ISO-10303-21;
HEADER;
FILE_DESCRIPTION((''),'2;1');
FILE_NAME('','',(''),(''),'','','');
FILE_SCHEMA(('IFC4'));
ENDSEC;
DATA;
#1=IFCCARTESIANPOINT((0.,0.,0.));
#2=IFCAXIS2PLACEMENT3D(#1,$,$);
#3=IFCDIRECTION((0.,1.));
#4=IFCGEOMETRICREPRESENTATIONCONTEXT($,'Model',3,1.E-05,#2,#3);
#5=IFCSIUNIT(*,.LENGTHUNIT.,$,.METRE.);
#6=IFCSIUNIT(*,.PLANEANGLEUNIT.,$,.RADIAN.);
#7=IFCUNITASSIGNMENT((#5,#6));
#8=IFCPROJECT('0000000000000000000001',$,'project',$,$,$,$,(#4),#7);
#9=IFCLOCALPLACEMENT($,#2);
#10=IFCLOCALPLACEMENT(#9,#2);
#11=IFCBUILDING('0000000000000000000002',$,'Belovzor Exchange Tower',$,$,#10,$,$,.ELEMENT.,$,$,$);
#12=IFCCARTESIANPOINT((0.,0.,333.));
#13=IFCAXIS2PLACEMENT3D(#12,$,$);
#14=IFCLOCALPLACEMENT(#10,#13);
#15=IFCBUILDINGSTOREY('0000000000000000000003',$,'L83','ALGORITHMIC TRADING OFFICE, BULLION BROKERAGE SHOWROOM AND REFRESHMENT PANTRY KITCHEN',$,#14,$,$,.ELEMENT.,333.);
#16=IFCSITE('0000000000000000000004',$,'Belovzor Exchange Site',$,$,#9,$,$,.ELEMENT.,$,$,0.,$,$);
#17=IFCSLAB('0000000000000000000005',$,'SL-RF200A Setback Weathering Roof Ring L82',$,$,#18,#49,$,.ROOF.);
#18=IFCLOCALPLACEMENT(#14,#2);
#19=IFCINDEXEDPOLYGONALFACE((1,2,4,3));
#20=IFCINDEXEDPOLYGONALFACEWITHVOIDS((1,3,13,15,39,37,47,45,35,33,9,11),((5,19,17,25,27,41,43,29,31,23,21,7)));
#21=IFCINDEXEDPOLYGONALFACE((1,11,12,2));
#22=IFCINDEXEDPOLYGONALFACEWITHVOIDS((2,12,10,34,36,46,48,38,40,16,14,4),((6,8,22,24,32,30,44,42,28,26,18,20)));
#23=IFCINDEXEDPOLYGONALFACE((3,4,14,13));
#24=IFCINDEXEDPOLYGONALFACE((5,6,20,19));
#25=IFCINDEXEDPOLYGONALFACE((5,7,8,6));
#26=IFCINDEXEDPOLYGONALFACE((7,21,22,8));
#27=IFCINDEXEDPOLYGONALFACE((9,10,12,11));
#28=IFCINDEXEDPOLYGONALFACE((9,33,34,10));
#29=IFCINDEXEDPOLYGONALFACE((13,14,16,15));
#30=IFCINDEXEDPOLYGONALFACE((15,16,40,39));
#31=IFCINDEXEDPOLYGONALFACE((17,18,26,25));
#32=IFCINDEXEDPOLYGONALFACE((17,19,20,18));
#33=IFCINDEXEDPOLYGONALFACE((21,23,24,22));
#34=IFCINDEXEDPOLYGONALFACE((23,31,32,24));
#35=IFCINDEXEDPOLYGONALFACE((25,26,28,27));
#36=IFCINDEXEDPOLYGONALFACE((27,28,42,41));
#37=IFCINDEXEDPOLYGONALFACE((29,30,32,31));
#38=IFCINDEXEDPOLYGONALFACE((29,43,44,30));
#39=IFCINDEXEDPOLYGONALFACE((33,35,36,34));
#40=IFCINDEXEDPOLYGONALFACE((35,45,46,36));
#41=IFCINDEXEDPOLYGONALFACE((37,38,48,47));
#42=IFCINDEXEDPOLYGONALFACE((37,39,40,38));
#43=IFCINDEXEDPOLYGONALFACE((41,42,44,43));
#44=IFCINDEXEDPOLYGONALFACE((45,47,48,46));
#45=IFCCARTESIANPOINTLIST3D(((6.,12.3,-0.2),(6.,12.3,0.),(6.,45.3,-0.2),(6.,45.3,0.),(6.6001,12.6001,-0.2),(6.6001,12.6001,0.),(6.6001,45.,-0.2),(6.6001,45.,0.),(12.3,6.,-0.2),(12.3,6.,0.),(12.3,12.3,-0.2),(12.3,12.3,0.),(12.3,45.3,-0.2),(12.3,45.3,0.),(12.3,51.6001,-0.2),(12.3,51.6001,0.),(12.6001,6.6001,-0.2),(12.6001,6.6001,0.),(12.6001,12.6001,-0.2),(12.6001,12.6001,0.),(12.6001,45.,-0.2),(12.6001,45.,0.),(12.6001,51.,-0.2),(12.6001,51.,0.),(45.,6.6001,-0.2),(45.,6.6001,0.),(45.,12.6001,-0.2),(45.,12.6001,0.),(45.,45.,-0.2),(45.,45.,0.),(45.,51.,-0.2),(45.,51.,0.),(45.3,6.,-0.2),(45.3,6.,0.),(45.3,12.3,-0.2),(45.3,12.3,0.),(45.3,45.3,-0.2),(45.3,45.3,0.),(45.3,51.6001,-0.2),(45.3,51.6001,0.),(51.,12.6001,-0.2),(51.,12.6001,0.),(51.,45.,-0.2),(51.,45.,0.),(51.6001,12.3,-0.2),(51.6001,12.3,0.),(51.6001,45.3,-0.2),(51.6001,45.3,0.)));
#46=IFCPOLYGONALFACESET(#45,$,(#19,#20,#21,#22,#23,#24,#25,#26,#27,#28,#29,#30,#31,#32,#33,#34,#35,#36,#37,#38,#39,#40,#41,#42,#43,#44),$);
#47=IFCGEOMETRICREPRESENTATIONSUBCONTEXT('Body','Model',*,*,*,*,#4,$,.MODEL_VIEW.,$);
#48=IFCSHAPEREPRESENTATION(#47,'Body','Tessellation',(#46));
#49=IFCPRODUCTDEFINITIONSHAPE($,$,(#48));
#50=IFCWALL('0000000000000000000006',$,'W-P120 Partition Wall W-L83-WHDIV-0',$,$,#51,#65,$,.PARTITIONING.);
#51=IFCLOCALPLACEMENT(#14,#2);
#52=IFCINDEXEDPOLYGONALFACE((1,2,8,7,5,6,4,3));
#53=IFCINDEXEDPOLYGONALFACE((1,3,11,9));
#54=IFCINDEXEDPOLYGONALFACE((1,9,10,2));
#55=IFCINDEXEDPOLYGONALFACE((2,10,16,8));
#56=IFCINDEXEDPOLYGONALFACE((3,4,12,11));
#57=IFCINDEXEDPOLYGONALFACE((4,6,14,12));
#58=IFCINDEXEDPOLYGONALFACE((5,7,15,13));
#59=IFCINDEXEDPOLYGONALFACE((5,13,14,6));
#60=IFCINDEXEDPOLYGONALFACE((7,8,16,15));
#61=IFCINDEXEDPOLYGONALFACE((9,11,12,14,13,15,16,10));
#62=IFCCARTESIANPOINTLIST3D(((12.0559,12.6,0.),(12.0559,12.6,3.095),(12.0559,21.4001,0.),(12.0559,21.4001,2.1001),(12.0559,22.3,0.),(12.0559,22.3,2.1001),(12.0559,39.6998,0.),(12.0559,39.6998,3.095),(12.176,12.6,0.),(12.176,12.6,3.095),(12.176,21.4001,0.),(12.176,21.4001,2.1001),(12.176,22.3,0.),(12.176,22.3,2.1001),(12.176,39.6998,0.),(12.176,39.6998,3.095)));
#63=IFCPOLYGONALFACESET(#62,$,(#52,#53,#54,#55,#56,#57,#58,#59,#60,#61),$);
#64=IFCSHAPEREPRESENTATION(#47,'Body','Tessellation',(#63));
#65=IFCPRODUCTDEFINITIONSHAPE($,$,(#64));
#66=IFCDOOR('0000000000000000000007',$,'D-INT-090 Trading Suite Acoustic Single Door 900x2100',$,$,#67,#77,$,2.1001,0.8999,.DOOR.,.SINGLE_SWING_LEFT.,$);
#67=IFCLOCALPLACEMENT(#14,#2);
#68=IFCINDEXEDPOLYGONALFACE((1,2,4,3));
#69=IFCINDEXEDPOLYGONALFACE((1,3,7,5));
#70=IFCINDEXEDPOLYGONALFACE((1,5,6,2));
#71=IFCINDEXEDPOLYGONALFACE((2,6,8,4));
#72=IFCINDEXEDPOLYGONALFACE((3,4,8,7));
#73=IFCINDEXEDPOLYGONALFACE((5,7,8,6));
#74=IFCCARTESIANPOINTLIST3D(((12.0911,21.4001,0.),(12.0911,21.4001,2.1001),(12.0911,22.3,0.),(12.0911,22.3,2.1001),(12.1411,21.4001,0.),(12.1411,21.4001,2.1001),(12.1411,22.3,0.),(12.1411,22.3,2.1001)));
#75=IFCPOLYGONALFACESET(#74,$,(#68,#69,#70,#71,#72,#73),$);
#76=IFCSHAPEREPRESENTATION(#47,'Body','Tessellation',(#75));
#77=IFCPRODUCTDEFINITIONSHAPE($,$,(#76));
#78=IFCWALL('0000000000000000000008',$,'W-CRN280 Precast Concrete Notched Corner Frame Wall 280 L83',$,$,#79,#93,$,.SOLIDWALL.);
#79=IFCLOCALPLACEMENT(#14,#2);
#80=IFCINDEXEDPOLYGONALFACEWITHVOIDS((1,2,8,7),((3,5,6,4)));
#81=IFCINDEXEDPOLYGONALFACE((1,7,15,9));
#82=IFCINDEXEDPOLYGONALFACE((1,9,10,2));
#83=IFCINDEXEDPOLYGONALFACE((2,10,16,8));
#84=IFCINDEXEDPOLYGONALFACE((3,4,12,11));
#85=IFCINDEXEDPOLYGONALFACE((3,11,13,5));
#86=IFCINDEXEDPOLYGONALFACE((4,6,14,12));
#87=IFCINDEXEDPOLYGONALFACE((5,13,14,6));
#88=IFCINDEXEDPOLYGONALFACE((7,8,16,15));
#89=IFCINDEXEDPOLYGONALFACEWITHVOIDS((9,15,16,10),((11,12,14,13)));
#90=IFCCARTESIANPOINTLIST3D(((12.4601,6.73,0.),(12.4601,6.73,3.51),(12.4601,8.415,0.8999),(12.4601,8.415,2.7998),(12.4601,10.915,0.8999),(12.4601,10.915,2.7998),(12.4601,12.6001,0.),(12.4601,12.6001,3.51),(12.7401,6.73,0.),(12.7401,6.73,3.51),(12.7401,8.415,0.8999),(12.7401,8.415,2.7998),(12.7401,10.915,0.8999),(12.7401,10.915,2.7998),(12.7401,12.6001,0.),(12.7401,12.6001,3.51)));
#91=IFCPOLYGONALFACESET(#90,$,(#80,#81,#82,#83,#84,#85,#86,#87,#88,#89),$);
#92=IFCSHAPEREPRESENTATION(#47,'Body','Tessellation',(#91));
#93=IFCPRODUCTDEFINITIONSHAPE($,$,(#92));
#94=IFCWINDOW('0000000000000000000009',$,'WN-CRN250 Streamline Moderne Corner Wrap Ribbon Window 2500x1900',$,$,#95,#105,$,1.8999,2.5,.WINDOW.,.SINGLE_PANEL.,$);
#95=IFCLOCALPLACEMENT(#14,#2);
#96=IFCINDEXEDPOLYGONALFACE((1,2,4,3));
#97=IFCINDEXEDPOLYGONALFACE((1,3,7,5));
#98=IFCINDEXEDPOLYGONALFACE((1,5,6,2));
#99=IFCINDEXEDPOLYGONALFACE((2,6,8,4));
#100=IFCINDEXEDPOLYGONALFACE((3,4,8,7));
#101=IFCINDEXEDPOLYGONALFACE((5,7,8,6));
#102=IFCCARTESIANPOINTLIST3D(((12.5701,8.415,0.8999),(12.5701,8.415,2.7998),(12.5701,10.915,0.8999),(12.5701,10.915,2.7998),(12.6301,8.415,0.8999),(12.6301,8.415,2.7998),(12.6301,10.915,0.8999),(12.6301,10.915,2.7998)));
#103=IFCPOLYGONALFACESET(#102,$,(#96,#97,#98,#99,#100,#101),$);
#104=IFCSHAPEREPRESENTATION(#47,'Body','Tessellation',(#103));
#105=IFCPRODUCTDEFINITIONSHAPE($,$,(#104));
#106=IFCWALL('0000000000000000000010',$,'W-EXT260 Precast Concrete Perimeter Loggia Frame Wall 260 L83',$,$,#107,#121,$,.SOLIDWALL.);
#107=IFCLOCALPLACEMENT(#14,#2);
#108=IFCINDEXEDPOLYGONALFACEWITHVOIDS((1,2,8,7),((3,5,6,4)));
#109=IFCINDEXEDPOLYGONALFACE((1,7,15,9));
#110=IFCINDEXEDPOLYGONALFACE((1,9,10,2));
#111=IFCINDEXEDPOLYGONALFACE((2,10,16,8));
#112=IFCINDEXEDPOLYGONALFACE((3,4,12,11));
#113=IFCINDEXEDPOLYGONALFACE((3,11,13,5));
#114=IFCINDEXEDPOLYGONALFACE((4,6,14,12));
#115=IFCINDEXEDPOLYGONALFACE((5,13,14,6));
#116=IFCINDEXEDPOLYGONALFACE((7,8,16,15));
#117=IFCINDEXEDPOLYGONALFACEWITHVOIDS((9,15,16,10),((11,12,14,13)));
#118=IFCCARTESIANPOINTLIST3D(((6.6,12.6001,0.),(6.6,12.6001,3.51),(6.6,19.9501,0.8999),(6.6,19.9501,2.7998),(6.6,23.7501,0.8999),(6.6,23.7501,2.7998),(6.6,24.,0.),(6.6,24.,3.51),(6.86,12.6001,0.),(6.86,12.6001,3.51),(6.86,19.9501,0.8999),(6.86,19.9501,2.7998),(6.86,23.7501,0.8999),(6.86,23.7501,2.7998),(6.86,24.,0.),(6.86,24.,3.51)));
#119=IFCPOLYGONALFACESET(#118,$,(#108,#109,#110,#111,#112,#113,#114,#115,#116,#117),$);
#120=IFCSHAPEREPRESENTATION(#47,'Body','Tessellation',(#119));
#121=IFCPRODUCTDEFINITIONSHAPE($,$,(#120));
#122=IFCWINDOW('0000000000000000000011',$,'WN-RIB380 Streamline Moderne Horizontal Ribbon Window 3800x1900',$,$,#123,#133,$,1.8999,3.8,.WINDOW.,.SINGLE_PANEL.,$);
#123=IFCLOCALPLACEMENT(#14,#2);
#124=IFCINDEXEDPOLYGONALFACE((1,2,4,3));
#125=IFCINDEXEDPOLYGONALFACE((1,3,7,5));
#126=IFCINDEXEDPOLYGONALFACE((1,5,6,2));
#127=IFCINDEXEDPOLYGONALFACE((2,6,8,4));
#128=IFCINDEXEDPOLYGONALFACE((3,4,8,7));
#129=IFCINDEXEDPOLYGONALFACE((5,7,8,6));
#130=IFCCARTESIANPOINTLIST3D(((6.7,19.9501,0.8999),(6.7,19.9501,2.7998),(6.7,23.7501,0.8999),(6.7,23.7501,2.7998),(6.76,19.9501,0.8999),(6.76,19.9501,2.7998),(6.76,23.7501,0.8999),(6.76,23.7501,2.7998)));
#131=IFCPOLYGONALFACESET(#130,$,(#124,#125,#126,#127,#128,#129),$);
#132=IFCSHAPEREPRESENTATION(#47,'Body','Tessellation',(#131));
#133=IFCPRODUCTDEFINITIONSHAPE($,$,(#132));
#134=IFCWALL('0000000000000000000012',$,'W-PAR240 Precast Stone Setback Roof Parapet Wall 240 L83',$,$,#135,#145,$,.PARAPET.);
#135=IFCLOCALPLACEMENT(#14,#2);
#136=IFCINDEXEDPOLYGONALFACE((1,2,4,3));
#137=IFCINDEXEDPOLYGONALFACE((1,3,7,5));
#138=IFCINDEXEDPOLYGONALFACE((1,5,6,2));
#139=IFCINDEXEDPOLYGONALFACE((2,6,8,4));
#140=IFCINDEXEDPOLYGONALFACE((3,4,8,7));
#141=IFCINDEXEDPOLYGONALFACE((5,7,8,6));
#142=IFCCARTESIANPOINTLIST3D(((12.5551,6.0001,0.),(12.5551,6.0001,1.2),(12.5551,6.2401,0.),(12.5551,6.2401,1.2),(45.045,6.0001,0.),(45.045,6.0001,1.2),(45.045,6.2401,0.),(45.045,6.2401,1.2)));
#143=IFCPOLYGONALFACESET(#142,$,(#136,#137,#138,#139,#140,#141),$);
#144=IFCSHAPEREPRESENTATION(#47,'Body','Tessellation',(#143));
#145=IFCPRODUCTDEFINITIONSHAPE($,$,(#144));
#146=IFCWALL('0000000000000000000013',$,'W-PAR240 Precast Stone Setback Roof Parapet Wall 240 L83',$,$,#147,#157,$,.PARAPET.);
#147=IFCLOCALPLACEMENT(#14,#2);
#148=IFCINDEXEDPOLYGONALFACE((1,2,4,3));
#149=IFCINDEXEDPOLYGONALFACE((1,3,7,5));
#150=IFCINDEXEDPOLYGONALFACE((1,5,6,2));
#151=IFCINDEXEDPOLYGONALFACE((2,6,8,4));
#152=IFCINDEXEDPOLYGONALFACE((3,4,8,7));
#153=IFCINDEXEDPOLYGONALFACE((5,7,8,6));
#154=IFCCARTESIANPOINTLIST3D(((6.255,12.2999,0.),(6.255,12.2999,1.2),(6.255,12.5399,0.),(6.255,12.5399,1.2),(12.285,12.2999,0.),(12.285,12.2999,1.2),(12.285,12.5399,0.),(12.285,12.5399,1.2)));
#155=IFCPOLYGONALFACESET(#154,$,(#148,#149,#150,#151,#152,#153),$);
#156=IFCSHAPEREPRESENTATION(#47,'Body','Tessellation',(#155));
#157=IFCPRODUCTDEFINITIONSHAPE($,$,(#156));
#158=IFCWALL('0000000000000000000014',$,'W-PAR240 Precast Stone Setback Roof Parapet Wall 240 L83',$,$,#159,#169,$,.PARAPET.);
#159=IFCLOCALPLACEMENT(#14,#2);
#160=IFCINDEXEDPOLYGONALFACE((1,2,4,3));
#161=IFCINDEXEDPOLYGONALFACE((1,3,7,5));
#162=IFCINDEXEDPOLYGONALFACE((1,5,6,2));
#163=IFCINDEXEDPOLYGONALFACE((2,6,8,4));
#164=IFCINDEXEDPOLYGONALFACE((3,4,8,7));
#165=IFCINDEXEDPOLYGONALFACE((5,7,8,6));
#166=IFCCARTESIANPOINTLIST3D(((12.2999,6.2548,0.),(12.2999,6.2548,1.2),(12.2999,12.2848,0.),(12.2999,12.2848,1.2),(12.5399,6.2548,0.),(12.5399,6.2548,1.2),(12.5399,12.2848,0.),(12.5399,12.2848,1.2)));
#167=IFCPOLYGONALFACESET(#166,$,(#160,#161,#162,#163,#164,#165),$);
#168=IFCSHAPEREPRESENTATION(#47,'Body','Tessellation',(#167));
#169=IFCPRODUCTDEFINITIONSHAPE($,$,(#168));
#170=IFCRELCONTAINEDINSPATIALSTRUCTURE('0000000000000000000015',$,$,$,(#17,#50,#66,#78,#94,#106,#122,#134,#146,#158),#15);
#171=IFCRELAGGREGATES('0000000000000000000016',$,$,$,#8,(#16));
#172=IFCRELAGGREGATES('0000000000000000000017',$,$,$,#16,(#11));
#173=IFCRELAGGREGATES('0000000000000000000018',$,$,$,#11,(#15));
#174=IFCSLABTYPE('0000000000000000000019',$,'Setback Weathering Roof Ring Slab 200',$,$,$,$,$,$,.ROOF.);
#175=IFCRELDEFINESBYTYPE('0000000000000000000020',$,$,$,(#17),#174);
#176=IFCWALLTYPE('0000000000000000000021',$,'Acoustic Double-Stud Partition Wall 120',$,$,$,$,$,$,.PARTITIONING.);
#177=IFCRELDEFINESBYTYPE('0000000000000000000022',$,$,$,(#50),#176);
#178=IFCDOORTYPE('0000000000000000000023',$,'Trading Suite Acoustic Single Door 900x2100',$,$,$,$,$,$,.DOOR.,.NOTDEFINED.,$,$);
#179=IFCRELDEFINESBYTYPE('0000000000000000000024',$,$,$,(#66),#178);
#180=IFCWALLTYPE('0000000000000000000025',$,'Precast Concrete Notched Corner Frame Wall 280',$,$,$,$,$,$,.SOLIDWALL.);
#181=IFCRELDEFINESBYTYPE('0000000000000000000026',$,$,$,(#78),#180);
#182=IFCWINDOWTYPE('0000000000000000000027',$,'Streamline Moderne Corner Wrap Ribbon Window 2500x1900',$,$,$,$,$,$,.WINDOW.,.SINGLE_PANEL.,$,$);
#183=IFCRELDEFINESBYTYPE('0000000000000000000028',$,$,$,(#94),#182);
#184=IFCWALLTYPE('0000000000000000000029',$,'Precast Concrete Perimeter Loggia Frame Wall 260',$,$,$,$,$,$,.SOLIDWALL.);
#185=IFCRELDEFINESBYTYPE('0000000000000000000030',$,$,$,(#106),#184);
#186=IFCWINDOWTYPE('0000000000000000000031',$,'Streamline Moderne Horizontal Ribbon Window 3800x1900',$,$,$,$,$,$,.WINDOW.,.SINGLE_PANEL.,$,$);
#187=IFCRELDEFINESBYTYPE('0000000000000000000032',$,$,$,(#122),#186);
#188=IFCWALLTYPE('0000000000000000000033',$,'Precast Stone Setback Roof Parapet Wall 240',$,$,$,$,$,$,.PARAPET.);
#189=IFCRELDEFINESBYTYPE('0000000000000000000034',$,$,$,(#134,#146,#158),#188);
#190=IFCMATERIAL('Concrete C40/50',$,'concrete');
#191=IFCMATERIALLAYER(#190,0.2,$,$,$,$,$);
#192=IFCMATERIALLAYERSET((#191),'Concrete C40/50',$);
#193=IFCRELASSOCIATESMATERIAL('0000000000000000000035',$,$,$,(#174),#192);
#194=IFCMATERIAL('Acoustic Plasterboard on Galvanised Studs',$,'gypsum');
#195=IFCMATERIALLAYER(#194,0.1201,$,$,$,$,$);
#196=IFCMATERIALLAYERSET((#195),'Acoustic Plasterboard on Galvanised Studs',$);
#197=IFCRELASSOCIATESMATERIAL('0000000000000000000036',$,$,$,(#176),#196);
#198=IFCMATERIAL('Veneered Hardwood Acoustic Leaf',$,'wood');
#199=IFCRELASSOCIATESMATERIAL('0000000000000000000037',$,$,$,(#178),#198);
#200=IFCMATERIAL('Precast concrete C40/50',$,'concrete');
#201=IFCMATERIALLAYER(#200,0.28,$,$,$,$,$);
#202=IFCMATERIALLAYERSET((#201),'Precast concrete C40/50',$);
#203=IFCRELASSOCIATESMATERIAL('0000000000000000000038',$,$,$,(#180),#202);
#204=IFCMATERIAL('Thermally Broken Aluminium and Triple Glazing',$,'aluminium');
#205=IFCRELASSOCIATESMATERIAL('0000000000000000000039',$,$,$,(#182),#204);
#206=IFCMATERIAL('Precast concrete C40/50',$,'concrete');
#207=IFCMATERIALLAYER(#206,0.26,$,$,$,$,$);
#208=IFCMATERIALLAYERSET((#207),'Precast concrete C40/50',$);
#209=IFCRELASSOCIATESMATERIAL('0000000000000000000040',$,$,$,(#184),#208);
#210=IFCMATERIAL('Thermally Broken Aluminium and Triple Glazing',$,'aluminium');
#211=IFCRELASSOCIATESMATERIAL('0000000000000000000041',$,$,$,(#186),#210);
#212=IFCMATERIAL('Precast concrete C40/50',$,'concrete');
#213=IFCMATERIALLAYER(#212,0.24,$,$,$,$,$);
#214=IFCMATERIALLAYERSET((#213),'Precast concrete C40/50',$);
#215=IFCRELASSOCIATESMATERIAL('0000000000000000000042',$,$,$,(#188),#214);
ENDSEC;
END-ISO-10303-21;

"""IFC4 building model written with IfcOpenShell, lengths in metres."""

from ifc_helpers import new_model, si_unit, direction, frame, frame_2d, origin, place, context, subcontext, project, spatial, polyline, rectangle, outline, extrude, material, layer, layer_set, type_object, element, fill, save


model = new_model("IFC4")

# Units and contexts
model_context = context("Model", 3, precision=1e-05, world=origin(), true_north=direction((0.0, 1.0)))
body_context = subcontext(model_context, "Body", "Model", "MODEL_VIEW")
ifc_project = project(units=[si_unit("LENGTHUNIT", "METRE"), si_unit("PLANEANGLEUNIT", "RADIAN")], contexts=[model_context])

# Site, building, storey
site_placement = place(None, origin())
site = spatial("IfcSite", under=ifc_project, at=site_placement, Name="Belovzor Exchange Site", CompositionType="ELEMENT", RefElevation=0.0)
building_placement = place(site_placement, origin())
building = spatial("IfcBuilding", under=site, at=building_placement, Name="Belovzor Exchange Tower", CompositionType="ELEMENT")
storey_placement = place(building_placement, frame((0.0, 0.0, 333.0)))
storey = spatial("IfcBuildingStorey", under=building, at=storey_placement, Name="L83", Description="ALGORITHMIC TRADING OFFICE, BULLION BROKERAGE SHOWROOM AND REFRESHMENT PANTRY KITCHEN", CompositionType="ELEMENT", Elevation=333.0)

# Slab
ifc_material_1 = material(Name="Concrete C40/50", Category="concrete")
ifc_layer_1 = layer(ifc_material_1, 0.2)
ifc_layer_set_1 = layer_set([ifc_layer_1], Name="Concrete C40/50")
slab_type_1 = type_object("IfcSlabType", Name="Setback Weathering Roof Ring Slab 200", PredefinedType="ROOF", material=ifc_layer_set_1)
slab_1_placement = place(storey_placement, frame((0.0, 0.0, -0.2)))
element("IfcSlab", 1, at=slab_1_placement, inside=storey, type_object=slab_type_1, Name="SL-RF200A Setback Weathering Roof Ring L82", PredefinedType="ROOF", context=body_context, shape_type="SweptSolid", body=[
    extrude(outline(polyline([(12.3, 6.0), (45.3, 6.0), (45.3, 12.3), (51.6001, 12.3), (51.6001, 45.3), (45.3, 45.3), (45.3, 51.6001), (12.3, 51.6001), (12.3, 45.3), (6.0, 45.3), (6.0, 12.3), (12.3, 12.3), (12.3, 6.0)]), holes=[polyline([(12.6001, 6.6001), (45.0, 6.6001), (45.0, 12.6001), (51.0, 12.6001), (51.0, 45.0), (45.0, 45.0), (45.0, 51.0), (12.6001, 51.0), (12.6001, 45.0), (6.6001, 45.0), (6.6001, 12.6001), (12.6001, 12.6001), (12.6001, 6.6001)])]), origin(), (0.0, 0.0, 1.0), 0.2),
])

# Wall, opening, door
ifc_material_2 = material(Name="Acoustic Plasterboard on Galvanised Studs", Category="gypsum")
ifc_layer_2 = layer(ifc_material_2, 0.1201)
ifc_layer_set_2 = layer_set([ifc_layer_2], Name="Acoustic Plasterboard on Galvanised Studs")
wall_type_1 = type_object("IfcWallType", Name="Acoustic Double-Stud Partition Wall 120", PredefinedType="PARTITIONING", material=ifc_layer_set_2)
wall_1_placement = place(storey_placement, frame((12.116, 12.6001, 0.0), z_axis=(0.0, 0.0, 1.0), x_axis=(0.0, 1.0, 0.0)))
wall_1 = element("IfcWall", 2, at=wall_1_placement, inside=storey, type_object=wall_type_1, Name="W-P120 Partition Wall W-L83-WHDIV-0", PredefinedType="PARTITIONING", context=body_context, shape_type="SweptSolid", body=[
    extrude(rectangle(XDim=27.0999, YDim=0.1201, at=frame_2d((13.5498, 0.0))), origin(), (0.0, 0.0, 1.0), 3.095),
])
opening_1_placement = place(wall_1_placement, frame((8.8, 0.0, 0.0)))
opening_1 = element("IfcOpeningElement", 3, at=opening_1_placement, cuts=wall_1, PredefinedType="OPENING", context=body_context, shape_type="SweptSolid", body=[
    extrude(rectangle(XDim=0.8999, YDim=2.1001, at=frame_2d((0.45, 1.05))), frame((0.0, 0.0701, 0.0), z_axis=(0.0, -1.0, 0.0), x_axis=(1.0, 0.0, 0.0)), (0.0, 0.0, 1.0), 0.1401),
])
ifc_material_3 = material(Name="Veneered Hardwood Acoustic Leaf", Category="wood")
door_type = type_object("IfcDoorType", Name="Trading Suite Acoustic Single Door 900x2100", OperationType="NOTDEFINED", PredefinedType="DOOR", material=ifc_material_3)
door_placement = place(opening_1_placement, origin())
door = element("IfcDoor", 4, at=door_placement, inside=storey, type_object=door_type, Name="D-INT-090 Trading Suite Acoustic Single Door 900x2100", OperationType="SINGLE_SWING_LEFT", OverallHeight=2.1001, OverallWidth=0.8999, PredefinedType="DOOR", context=body_context, shape_type="SweptSolid", body=[
    extrude(rectangle(XDim=0.8999, YDim=2.1001, at=frame_2d((0.45, 1.05))), frame((0.0, 0.0249, 0.0), z_axis=(0.0, -1.0, 0.0), x_axis=(1.0, 0.0, 0.0)), (0.0, 0.0, 1.0), 0.05),
])
fill(opening_1, door)

# Walls, openings, windows
ifc_material_4 = material(Name="Precast concrete C40/50", Category="concrete")
ifc_layer_3 = layer(ifc_material_4, 0.28)
ifc_layer_set_3 = layer_set([ifc_layer_3], Name="Precast concrete C40/50")
wall_type_2 = type_object("IfcWallType", Name="Precast Concrete Notched Corner Frame Wall 280", PredefinedType="SOLIDWALL", material=ifc_layer_set_3)
wall_2_placement = place(storey_placement, frame((12.6001, 6.73, 0.0), z_axis=(0.0, 0.0, 1.0), x_axis=(0.0, 1.0, 0.0)))
wall_2 = element("IfcWall", 5, at=wall_2_placement, inside=storey, type_object=wall_type_2, Name="W-CRN280 Precast Concrete Notched Corner Frame Wall 280 L83", PredefinedType="SOLIDWALL", context=body_context, shape_type="SweptSolid", body=[
    extrude(rectangle(XDim=5.8701, YDim=0.28, at=frame_2d((2.9351, 0.0))), origin(), (0.0, 0.0, 1.0), 3.51),
])
opening_2_placement = place(wall_2_placement, frame((1.6851, 0.0, 0.8999)))
opening_2 = element("IfcOpeningElement", 6, at=opening_2_placement, cuts=wall_2, PredefinedType="OPENING", context=body_context, shape_type="SweptSolid", body=[
    extrude(rectangle(XDim=2.5, YDim=1.8999, at=frame_2d((1.25, 0.95))), frame((0.0, 0.1499, 0.0), z_axis=(0.0, -1.0, 0.0), x_axis=(1.0, 0.0, 0.0)), (0.0, 0.0, 1.0), 0.3),
])
ifc_material_5 = material(Name="Thermally Broken Aluminium and Triple Glazing", Category="aluminium")
window_type_1 = type_object("IfcWindowType", Name="Streamline Moderne Corner Wrap Ribbon Window 2500x1900", PartitioningType="SINGLE_PANEL", PredefinedType="WINDOW", material=ifc_material_5)
window_1_placement = place(opening_2_placement, origin())
window_1 = element("IfcWindow", 7, at=window_1_placement, inside=storey, type_object=window_type_1, Name="WN-CRN250 Streamline Moderne Corner Wrap Ribbon Window 2500x1900", OverallHeight=1.8999, OverallWidth=2.5, PartitioningType="SINGLE_PANEL", PredefinedType="WINDOW", context=body_context, shape_type="SweptSolid", body=[
    extrude(rectangle(XDim=2.5, YDim=1.8999, at=frame_2d((1.25, 0.95))), frame((0.0, 0.03, 0.0), z_axis=(0.0, -1.0, 0.0), x_axis=(1.0, 0.0, 0.0)), (0.0, 0.0, 1.0), 0.0601),
])
fill(opening_2, window_1)
ifc_material_6 = material(Name="Precast concrete C40/50", Category="concrete")
ifc_layer_4 = layer(ifc_material_6, 0.26)
ifc_layer_set_4 = layer_set([ifc_layer_4], Name="Precast concrete C40/50")
wall_type_3 = type_object("IfcWallType", Name="Precast Concrete Perimeter Loggia Frame Wall 260", PredefinedType="SOLIDWALL", material=ifc_layer_set_4)
wall_3_placement = place(storey_placement, frame((6.73, 12.6001, 0.0), z_axis=(0.0, 0.0, 1.0), x_axis=(0.0, 1.0, 0.0)))
wall_3 = element("IfcWall", 8, at=wall_3_placement, inside=storey, type_object=wall_type_3, Name="W-EXT260 Precast Concrete Perimeter Loggia Frame Wall 260 L83", PredefinedType="SOLIDWALL", context=body_context, shape_type="SweptSolid", body=[
    extrude(rectangle(XDim=11.3999, YDim=0.26, at=frame_2d((5.7, 0.0))), origin(), (0.0, 0.0, 1.0), 3.51),
])
opening_3_placement = place(wall_3_placement, frame((7.3501, 0.0, 0.8999)))
opening_3 = element("IfcOpeningElement", 9, at=opening_3_placement, cuts=wall_3, PredefinedType="OPENING", context=body_context, shape_type="SweptSolid", body=[
    extrude(rectangle(XDim=3.8, YDim=1.8999, at=frame_2d((1.8999, 0.95))), frame((0.0, 0.1399, 0.0), z_axis=(0.0, -1.0, 0.0), x_axis=(1.0, 0.0, 0.0)), (0.0, 0.0, 1.0), 0.28),
])
ifc_material_7 = material(Name="Thermally Broken Aluminium and Triple Glazing", Category="aluminium")
window_type_2 = type_object("IfcWindowType", Name="Streamline Moderne Horizontal Ribbon Window 3800x1900", PartitioningType="SINGLE_PANEL", PredefinedType="WINDOW", material=ifc_material_7)
window_2_placement = place(opening_3_placement, origin())
window_2 = element("IfcWindow", 10, at=window_2_placement, inside=storey, type_object=window_type_2, Name="WN-RIB380 Streamline Moderne Horizontal Ribbon Window 3800x1900", OverallHeight=1.8999, OverallWidth=3.8, PartitioningType="SINGLE_PANEL", PredefinedType="WINDOW", context=body_context, shape_type="SweptSolid", body=[
    extrude(rectangle(XDim=3.8, YDim=1.8999, at=frame_2d((1.8999, 0.95))), frame((0.0, 0.03, 0.0), z_axis=(0.0, -1.0, 0.0), x_axis=(1.0, 0.0, 0.0)), (0.0, 0.0, 1.0), 0.0601),
])
fill(opening_3, window_2)

# Walls
ifc_material_8 = material(Name="Precast concrete C40/50", Category="concrete")
ifc_layer_5 = layer(ifc_material_8, 0.24)
ifc_layer_set_5 = layer_set([ifc_layer_5], Name="Precast concrete C40/50")
wall_type_4 = type_object("IfcWallType", Name="Precast Stone Setback Roof Parapet Wall 240", PredefinedType="PARAPET", material=ifc_layer_set_5)
wall_4_placement = place(storey_placement, frame((12.5549, 6.1201, 0.0), z_axis=(0.0, 0.0, 1.0), x_axis=(1.0, 0.0, 0.0)))
element("IfcWall", 11, at=wall_4_placement, inside=storey, type_object=wall_type_4, Name="W-PAR240 Precast Stone Setback Roof Parapet Wall 240 L83", PredefinedType="PARAPET", context=body_context, shape_type="SweptSolid", body=[
    extrude(rectangle(XDim=32.49, YDim=0.24, at=frame_2d((16.2451, 0.0))), origin(), (0.0, 0.0, 1.0), 1.2),
])
for number, where, z_axis, x_axis, name in (
    (12, (6.2549, 12.4199, 0.0), (0.0, 0.0, 1.0), (1.0, 0.0, 0.0), "W-PAR240 Precast Stone Setback Roof Parapet Wall 240 L83"),
    (13, (12.4199, 12.2849, 0.0), (0.0, 0.0, 1.0), (0.0, -1.0, 0.0), "W-PAR240 Precast Stone Setback Roof Parapet Wall 240 L83"),
):
    element("IfcWall", number, at=place(storey_placement, frame(where, z_axis=z_axis, x_axis=x_axis)), inside=storey, type_object=wall_type_4, Name=name, PredefinedType="PARAPET", context=body_context, shape_type="SweptSolid", body=[
        extrude(rectangle(XDim=6.03, YDim=0.24, at=frame_2d((3.0151, 0.0))), origin(), (0.0, 0.0, 1.0), 1.2),
    ])

save(model, "model.ifc")
